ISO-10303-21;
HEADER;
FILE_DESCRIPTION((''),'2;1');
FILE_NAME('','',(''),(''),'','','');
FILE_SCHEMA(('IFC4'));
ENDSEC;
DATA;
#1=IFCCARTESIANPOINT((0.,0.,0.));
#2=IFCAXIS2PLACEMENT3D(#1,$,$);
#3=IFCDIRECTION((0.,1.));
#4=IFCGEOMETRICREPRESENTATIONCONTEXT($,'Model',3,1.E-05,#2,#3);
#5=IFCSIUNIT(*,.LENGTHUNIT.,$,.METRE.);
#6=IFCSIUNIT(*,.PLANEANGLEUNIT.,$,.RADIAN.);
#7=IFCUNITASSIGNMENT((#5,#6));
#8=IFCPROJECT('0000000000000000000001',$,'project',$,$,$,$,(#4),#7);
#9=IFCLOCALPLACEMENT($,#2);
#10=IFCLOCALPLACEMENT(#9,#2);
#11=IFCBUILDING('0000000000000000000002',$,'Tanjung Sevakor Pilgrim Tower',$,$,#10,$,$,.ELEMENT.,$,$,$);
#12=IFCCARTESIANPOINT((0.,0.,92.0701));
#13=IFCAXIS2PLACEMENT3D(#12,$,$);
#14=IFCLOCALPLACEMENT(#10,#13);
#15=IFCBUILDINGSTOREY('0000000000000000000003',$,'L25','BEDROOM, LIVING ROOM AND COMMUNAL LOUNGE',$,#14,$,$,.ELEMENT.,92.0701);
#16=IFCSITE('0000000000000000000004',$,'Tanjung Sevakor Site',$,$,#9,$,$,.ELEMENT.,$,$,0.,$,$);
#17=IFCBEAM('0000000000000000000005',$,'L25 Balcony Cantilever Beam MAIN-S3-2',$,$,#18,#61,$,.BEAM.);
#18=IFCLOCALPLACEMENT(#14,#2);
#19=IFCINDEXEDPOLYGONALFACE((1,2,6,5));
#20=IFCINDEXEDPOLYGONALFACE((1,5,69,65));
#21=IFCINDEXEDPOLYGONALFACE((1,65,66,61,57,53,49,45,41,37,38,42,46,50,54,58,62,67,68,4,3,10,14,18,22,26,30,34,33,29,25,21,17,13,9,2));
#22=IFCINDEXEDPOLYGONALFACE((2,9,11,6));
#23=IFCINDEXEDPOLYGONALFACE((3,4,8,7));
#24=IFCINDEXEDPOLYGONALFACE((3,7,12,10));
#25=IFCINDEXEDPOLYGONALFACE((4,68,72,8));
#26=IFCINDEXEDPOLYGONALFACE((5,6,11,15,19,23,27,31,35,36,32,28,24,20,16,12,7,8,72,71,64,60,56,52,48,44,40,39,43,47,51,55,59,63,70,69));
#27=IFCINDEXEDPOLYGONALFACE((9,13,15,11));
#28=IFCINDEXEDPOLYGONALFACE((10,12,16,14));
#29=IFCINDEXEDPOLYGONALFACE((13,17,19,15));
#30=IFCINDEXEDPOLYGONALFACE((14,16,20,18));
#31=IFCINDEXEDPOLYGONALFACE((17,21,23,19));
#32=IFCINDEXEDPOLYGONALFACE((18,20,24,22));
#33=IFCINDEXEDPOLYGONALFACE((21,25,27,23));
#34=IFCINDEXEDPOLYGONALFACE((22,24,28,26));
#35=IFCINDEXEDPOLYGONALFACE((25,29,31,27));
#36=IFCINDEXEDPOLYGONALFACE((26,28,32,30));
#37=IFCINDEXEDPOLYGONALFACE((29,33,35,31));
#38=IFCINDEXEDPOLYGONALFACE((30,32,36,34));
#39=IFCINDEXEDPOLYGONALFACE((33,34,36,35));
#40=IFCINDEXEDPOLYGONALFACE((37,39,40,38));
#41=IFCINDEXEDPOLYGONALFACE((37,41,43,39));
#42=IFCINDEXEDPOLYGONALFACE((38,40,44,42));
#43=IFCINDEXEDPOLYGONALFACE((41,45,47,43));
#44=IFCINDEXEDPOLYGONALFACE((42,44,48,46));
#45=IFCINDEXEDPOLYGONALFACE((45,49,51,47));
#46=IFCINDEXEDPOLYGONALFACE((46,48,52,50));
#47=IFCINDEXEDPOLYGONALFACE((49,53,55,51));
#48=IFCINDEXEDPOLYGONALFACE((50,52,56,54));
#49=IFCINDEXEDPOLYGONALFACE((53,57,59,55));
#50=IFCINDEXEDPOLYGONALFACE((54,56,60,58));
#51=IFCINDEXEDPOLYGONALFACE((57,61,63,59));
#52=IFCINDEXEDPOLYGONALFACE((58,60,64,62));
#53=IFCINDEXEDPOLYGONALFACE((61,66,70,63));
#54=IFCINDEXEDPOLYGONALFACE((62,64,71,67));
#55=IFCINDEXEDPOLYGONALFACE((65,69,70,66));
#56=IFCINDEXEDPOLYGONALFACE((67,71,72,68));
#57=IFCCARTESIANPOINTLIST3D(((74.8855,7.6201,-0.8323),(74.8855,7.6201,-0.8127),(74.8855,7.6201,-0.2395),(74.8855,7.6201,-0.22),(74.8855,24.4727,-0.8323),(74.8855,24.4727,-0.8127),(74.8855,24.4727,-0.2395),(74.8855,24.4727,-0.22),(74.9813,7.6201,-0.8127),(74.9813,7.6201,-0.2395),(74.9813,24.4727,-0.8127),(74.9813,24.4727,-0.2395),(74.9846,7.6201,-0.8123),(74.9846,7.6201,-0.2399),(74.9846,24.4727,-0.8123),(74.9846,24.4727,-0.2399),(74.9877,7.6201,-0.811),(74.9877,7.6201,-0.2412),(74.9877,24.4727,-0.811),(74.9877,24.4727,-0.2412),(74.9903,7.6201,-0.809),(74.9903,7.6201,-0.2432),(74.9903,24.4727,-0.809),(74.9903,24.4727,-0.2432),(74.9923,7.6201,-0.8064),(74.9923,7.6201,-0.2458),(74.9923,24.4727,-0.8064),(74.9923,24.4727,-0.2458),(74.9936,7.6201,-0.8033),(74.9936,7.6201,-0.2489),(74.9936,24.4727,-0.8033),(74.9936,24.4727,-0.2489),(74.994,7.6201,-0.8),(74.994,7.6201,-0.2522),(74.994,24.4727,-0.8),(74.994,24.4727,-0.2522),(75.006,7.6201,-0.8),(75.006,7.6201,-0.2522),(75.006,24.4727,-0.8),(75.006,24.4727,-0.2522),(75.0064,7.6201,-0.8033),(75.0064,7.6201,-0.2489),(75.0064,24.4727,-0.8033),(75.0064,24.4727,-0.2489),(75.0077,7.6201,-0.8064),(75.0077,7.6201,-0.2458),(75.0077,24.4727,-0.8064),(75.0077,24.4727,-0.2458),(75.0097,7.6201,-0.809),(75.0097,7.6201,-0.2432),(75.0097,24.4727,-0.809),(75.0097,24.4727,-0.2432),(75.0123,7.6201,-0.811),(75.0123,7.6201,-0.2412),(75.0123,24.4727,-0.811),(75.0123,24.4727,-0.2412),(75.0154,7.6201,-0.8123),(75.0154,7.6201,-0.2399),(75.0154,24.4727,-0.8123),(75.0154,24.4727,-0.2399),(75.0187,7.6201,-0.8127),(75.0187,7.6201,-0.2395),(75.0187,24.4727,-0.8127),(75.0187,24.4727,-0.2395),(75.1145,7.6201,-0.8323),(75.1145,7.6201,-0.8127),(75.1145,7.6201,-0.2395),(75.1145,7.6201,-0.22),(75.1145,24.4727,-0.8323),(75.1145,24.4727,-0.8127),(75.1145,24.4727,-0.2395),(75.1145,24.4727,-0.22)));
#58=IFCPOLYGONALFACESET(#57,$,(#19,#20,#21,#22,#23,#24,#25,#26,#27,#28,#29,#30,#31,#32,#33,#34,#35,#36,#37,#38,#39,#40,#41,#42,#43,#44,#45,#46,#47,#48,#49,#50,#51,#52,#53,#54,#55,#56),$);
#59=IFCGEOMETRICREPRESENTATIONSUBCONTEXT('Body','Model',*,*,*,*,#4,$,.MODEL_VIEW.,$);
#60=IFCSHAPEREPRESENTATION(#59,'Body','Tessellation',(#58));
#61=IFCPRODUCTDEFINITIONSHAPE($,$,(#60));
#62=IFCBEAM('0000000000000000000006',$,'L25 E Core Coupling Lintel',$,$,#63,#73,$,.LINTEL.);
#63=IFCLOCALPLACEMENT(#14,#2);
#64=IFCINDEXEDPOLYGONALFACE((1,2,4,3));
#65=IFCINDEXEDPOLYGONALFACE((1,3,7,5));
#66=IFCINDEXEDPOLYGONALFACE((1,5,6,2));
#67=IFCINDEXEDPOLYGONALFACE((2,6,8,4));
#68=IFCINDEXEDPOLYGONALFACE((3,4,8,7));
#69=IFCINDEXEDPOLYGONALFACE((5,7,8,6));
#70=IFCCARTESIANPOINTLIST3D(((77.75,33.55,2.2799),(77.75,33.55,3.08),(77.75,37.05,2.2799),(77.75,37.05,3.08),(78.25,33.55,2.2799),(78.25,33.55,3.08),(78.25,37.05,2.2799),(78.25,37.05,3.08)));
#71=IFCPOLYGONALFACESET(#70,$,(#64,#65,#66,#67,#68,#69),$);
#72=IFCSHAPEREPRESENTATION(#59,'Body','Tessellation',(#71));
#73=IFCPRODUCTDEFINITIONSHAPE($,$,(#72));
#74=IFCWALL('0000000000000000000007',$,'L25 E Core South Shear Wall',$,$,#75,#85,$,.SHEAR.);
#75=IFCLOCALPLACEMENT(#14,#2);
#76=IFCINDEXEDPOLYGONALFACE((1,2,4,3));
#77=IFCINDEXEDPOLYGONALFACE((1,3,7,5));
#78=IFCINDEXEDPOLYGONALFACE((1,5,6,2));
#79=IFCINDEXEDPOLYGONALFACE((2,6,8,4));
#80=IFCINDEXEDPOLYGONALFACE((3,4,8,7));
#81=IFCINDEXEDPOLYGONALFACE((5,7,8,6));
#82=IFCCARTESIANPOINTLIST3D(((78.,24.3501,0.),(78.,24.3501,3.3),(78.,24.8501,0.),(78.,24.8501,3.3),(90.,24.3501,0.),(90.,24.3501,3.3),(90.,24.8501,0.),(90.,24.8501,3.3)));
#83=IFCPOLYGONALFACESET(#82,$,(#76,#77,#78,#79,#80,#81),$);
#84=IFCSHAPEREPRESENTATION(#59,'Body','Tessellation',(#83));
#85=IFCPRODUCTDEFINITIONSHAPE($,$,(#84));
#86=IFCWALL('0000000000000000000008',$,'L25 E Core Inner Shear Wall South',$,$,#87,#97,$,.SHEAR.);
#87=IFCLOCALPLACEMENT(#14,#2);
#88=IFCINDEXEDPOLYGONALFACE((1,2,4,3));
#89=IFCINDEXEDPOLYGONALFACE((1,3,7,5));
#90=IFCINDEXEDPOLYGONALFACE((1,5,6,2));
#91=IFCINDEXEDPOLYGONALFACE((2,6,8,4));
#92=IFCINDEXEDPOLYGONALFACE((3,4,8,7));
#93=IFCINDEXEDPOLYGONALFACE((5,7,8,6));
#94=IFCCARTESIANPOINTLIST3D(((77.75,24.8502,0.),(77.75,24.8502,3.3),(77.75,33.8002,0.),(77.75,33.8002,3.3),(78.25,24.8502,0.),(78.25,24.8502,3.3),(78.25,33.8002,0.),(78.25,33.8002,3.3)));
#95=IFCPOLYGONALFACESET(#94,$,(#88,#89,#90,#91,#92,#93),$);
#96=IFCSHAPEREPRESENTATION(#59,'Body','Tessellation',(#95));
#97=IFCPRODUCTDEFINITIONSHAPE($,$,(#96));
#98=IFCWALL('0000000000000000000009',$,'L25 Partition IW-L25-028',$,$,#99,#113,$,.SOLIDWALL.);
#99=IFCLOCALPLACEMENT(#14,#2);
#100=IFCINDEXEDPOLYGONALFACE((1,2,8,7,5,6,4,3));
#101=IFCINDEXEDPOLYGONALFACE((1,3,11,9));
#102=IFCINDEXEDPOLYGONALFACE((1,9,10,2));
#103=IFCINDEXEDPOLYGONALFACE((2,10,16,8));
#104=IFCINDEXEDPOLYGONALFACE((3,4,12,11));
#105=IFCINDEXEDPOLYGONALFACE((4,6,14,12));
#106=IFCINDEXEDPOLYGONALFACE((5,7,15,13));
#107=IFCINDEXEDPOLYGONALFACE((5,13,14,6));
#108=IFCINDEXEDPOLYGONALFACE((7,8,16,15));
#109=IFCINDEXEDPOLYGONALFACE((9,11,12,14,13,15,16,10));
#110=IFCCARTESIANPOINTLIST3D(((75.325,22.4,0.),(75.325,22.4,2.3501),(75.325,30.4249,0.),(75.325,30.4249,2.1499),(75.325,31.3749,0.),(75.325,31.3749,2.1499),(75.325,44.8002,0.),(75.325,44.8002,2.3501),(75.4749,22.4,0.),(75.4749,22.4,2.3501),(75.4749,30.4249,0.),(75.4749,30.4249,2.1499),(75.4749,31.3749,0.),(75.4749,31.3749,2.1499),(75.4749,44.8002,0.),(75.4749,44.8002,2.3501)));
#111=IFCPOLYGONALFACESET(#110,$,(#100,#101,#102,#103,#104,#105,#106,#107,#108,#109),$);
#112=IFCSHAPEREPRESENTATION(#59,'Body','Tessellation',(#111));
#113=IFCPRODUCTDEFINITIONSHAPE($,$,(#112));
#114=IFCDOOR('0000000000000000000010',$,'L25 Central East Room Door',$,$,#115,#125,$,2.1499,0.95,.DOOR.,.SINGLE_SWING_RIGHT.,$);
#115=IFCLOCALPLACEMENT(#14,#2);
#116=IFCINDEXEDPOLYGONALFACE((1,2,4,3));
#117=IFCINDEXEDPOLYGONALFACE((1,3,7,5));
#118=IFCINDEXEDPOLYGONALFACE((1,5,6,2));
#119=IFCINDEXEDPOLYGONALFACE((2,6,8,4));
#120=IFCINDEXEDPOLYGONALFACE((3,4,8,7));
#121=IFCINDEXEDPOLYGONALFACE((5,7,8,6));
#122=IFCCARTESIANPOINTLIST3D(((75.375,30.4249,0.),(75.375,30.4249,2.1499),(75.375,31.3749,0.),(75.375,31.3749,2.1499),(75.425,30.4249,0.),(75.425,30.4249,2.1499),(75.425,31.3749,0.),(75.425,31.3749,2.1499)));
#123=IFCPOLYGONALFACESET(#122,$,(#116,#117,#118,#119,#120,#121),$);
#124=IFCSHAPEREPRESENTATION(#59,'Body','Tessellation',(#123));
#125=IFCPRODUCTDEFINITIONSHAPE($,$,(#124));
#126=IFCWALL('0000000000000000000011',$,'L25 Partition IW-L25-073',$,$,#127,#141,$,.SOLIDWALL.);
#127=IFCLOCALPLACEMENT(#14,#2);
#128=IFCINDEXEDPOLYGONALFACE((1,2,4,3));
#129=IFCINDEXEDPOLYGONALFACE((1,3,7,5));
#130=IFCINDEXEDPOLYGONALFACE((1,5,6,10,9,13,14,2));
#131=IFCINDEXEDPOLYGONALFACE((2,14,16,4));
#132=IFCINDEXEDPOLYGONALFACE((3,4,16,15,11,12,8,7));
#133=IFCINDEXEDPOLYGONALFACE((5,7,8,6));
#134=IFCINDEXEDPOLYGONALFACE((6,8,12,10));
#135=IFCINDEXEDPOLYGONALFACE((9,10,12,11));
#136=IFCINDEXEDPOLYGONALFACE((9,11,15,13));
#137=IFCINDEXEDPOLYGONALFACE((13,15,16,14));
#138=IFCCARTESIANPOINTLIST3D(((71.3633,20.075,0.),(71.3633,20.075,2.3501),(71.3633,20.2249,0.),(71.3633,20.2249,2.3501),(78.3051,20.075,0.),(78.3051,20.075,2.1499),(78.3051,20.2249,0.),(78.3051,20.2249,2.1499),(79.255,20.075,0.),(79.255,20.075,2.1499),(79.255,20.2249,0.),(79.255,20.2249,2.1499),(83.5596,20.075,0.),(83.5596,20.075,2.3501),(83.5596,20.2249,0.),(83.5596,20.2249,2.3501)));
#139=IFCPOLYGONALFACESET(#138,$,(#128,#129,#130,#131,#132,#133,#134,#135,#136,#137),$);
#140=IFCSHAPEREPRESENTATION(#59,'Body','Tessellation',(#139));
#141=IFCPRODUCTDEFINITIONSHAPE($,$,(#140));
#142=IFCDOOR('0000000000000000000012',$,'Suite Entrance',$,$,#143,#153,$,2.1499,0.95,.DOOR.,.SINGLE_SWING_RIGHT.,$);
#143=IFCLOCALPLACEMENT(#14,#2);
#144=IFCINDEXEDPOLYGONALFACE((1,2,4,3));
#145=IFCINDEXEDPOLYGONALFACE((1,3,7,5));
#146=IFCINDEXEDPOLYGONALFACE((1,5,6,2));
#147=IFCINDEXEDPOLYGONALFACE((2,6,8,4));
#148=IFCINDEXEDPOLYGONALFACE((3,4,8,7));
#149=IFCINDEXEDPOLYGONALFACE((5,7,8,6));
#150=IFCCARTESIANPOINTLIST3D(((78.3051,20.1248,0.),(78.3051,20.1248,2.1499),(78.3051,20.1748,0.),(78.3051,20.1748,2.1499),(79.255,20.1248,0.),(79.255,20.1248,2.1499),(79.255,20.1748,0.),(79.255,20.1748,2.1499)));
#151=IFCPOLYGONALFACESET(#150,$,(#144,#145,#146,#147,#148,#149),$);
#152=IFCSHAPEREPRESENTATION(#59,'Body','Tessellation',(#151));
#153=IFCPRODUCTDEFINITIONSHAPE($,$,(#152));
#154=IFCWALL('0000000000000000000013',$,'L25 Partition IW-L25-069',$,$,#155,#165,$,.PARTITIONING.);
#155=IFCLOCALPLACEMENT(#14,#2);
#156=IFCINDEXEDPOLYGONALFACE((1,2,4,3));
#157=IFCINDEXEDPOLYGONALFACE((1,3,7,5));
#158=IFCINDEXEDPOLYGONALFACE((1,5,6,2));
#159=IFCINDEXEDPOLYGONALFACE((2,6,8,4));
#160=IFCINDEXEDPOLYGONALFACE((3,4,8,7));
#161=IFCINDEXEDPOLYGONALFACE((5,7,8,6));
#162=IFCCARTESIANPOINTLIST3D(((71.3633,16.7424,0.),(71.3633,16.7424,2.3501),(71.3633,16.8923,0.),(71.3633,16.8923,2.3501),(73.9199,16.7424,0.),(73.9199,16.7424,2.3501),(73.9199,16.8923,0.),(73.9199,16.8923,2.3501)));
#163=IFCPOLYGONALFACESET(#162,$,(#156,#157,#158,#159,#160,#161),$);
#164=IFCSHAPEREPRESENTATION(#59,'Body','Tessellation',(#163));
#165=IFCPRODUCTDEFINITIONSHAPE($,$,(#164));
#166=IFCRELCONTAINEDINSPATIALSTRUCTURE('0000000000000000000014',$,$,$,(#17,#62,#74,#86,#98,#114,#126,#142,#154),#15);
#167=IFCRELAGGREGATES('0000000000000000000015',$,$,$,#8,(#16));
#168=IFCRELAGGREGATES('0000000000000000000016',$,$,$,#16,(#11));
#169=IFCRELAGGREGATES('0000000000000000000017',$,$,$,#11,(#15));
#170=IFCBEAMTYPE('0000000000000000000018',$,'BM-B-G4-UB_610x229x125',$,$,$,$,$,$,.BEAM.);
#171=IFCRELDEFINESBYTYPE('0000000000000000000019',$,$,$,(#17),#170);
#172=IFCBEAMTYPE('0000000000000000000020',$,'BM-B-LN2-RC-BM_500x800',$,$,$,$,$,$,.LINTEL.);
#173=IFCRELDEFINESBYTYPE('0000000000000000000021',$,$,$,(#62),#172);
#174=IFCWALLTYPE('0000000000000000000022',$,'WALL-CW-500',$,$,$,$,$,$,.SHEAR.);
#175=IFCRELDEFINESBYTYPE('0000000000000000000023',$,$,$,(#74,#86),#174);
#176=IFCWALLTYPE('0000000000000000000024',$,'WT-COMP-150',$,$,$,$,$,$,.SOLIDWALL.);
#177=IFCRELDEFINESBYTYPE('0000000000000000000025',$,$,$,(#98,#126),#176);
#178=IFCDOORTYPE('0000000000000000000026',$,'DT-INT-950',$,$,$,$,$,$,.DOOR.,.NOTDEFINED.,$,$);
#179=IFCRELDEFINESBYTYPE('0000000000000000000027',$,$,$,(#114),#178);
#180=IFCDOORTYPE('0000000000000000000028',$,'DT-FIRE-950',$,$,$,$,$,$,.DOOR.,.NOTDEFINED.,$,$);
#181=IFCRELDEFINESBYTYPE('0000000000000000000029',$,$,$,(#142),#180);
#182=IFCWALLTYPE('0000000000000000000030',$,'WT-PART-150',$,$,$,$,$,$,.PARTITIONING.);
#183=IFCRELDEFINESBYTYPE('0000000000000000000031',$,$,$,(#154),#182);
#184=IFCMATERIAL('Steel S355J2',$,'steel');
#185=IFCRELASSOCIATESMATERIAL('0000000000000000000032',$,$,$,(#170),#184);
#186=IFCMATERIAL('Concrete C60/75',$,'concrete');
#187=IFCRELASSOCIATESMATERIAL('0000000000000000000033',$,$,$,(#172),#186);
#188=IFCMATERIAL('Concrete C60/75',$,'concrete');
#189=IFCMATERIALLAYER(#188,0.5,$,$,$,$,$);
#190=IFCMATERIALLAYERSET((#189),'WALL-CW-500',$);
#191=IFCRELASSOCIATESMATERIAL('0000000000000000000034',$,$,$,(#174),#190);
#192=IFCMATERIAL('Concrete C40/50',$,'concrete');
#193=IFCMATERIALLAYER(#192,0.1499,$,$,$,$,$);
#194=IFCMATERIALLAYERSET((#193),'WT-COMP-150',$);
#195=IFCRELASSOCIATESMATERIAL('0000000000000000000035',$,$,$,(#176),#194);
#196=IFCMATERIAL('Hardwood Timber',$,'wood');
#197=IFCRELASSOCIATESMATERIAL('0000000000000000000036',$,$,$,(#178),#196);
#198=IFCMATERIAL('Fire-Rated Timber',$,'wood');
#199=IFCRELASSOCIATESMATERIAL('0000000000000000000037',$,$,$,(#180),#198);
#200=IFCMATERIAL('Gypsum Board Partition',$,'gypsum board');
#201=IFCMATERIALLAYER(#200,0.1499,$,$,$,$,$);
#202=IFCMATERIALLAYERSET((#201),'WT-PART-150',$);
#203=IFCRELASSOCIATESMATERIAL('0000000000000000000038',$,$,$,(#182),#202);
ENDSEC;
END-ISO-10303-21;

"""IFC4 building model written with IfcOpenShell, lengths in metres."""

from ifc_helpers import new_model, si_unit, direction, frame, frame_2d, origin, origin_2d, place, context, subcontext, project, spatial, rectangle, i_section, extrude, material, layer, layer_set, material_profile, profile_set, type_object, element, fill, save


model = new_model("IFC4")

# Units and contexts
model_context = context("Model", 3, precision=1e-05, world=origin(), true_north=direction((0.0, 1.0)))
body_context = subcontext(model_context, "Body", "Model", "MODEL_VIEW")
ifc_project = project(units=[si_unit("LENGTHUNIT", "METRE"), si_unit("PLANEANGLEUNIT", "RADIAN")], contexts=[model_context])

# Site, building, storey
site_placement = place(None, origin())
site = spatial("IfcSite", under=ifc_project, at=site_placement, Name="Tanjung Sevakor Site", CompositionType="ELEMENT", RefElevation=0.0)
building_placement = place(site_placement, origin())
building = spatial("IfcBuilding", under=site, at=building_placement, Name="Tanjung Sevakor Pilgrim Tower", CompositionType="ELEMENT")
storey_placement = place(building_placement, frame((0.0, 0.0, 92.0701)))
storey = spatial("IfcBuildingStorey", under=building, at=storey_placement, Name="L25", Description="BEDROOM, LIVING ROOM AND COMMUNAL LOUNGE", CompositionType="ELEMENT", Elevation=92.0701)

# Beams
ifc_material_1 = material(Name="Steel S355J2", Category="steel")
ifc_material_profile_1 = material_profile(ifc_material_1, i_section(OverallWidth=0.229, OverallDepth=0.6123, WebThickness=0.012, FlangeThickness=0.0195, FilletRadius=0.0127, at=origin_2d()))
ifc_profile_set_1 = profile_set([ifc_material_profile_1], Name="Steel S355J2")
beam_type_1 = type_object("IfcBeamType", Name="BM-B-G4-UB_610x229x125", PredefinedType="BEAM", material=ifc_profile_set_1)
beam_1_placement = place(storey_placement, frame((75.0, 24.4727, -0.5261), z_axis=(0.0, -1.0, 0.0), x_axis=(1.0, 0.0, 0.0)))
element("IfcBeam", 1, at=beam_1_placement, inside=storey, type_object=beam_type_1, Name="L25 Balcony Cantilever Beam MAIN-S3-2", PredefinedType="BEAM", context=body_context, shape_type="SweptSolid", body=[
    extrude(i_section(OverallWidth=0.229, OverallDepth=0.6123, WebThickness=0.012, FlangeThickness=0.0195, FilletRadius=0.0127, at=origin_2d()), origin(), (0.0, 0.0, 1.0), 16.8525),
])
ifc_material_2 = material(Name="Concrete C60/75", Category="concrete")
ifc_material_profile_2 = material_profile(ifc_material_2, rectangle(XDim=0.5, YDim=0.8, at=origin_2d()))
ifc_profile_set_2 = profile_set([ifc_material_profile_2], Name="Concrete C60/75")
beam_type_2 = type_object("IfcBeamType", Name="BM-B-LN2-RC-BM_500x800", PredefinedType="LINTEL", material=ifc_profile_set_2)
beam_2_placement = place(storey_placement, frame((78.0, 33.55, 2.6799), z_axis=(0.0, 1.0, 0.0), x_axis=(-1.0, 0.0, 0.0)))
element("IfcBeam", 2, at=beam_2_placement, inside=storey, type_object=beam_type_2, Name="L25 E Core Coupling Lintel", PredefinedType="LINTEL", context=body_context, shape_type="SweptSolid", body=[
    extrude(rectangle(XDim=0.5, YDim=0.8, at=origin_2d()), origin(), (0.0, 0.0, 1.0), 3.5),
])

# Walls
ifc_material_3 = material(Name="Concrete C60/75", Category="concrete")
ifc_layer_1 = layer(ifc_material_3, 0.5)
ifc_layer_set_1 = layer_set([ifc_layer_1], Name="WALL-CW-500")
wall_type_1 = type_object("IfcWallType", Name="WALL-CW-500", PredefinedType="SHEAR", material=ifc_layer_set_1)
wall_1_placement = place(storey_placement, frame((78.0, 24.6001, 0.0), z_axis=(0.0, 0.0, 1.0), x_axis=(1.0, 0.0, 0.0)))
element("IfcWall", 3, at=wall_1_placement, inside=storey, type_object=wall_type_1, Name="L25 E Core South Shear Wall", PredefinedType="SHEAR", context=body_context, shape_type="SweptSolid", body=[
    extrude(rectangle(XDim=12.0, YDim=0.5, at=frame_2d((6.0, 0.0))), origin(), (0.0, 0.0, 1.0), 3.3),
])
wall_2_placement = place(storey_placement, frame((78.0, 24.8501, 0.0), z_axis=(0.0, 0.0, 1.0), x_axis=(0.0, 1.0, 0.0)))
element("IfcWall", 4, at=wall_2_placement, inside=storey, type_object=wall_type_1, Name="L25 E Core Inner Shear Wall South", PredefinedType="SHEAR", context=body_context, shape_type="SweptSolid", body=[
    extrude(rectangle(XDim=8.95, YDim=0.5, at=frame_2d((4.4751, 0.0))), origin(), (0.0, 0.0, 1.0), 3.3),
])

# Walls, openings, doors
ifc_material_4 = material(Name="Concrete C40/50", Category="concrete")
ifc_layer_2 = layer(ifc_material_4, 0.1499)
ifc_layer_set_2 = layer_set([ifc_layer_2], Name="WT-COMP-150")
wall_type_2 = type_object("IfcWallType", Name="WT-COMP-150", PredefinedType="SOLIDWALL", material=ifc_layer_set_2)
wall_3_placement = place(storey_placement, frame((75.3999, 22.3999, 0.0), z_axis=(0.0, 0.0, 1.0), x_axis=(0.0, 1.0, 0.0)))
wall_3 = element("IfcWall", 5, at=wall_3_placement, inside=storey, type_object=wall_type_2, Name="L25 Partition IW-L25-028", PredefinedType="SOLIDWALL", context=body_context, shape_type="SweptSolid", body=[
    extrude(rectangle(XDim=22.4001, YDim=0.1499, at=frame_2d((11.2002, 0.0))), origin(), (0.0, 0.0, 1.0), 2.3501),
])
opening_1_placement = place(wall_3_placement, frame((8.0249, 0.0, 0.0)))
opening_1 = element("IfcOpeningElement", 6, at=opening_1_placement, cuts=wall_3, PredefinedType="OPENING", context=body_context, shape_type="SweptSolid", body=[
    extrude(rectangle(XDim=0.95, YDim=2.1499, at=frame_2d((0.4751, 1.075))), frame((0.0, 0.085, 0.0), z_axis=(0.0, -1.0, 0.0), x_axis=(1.0, 0.0, 0.0)), (0.0, 0.0, 1.0), 0.1699),
])
ifc_material_5 = material(Name="Hardwood Timber", Category="wood")
door_type_1 = type_object("IfcDoorType", Name="DT-INT-950", OperationType="NOTDEFINED", PredefinedType="DOOR", material=ifc_material_5)
door_1_placement = place(opening_1_placement, origin())
door_1 = element("IfcDoor", 7, at=door_1_placement, inside=storey, type_object=door_type_1, Name="L25 Central East Room Door", OperationType="SINGLE_SWING_RIGHT", OverallHeight=2.1499, OverallWidth=0.95, PredefinedType="DOOR", context=body_context, shape_type="SweptSolid", body=[
    extrude(rectangle(XDim=0.95, YDim=2.1499, at=frame_2d((0.4751, 1.075))), frame((0.0, 0.0249, 0.0), z_axis=(0.0, -1.0, 0.0), x_axis=(1.0, 0.0, 0.0)), (0.0, 0.0, 1.0), 0.05),
])
fill(opening_1, door_1)
wall_4_placement = place(storey_placement, frame((71.3633, 20.1499, 0.0), z_axis=(0.0, 0.0, 1.0), x_axis=(1.0, 0.0, 0.0)))
wall_4 = element("IfcWall", 8, at=wall_4_placement, inside=storey, type_object=wall_type_2, Name="L25 Partition IW-L25-073", PredefinedType="SOLIDWALL", context=body_context, shape_type="SweptSolid", body=[
    extrude(rectangle(XDim=12.1963, YDim=0.1499, at=frame_2d((6.0981, 0.0))), origin(), (0.0, 0.0, 1.0), 2.3501),
])
opening_2_placement = place(wall_4_placement, frame((6.9417, 0.0, 0.0)))
opening_2 = element("IfcOpeningElement", 9, at=opening_2_placement, cuts=wall_4, PredefinedType="OPENING", context=body_context, shape_type="SweptSolid", body=[
    extrude(rectangle(XDim=0.95, YDim=2.1499, at=frame_2d((0.4751, 1.075))), frame((0.0, 0.085, 0.0), z_axis=(0.0, -1.0, 0.0), x_axis=(1.0, 0.0, 0.0)), (0.0, 0.0, 1.0), 0.1699),
])
ifc_material_6 = material(Name="Fire-Rated Timber", Category="wood")
door_type_2 = type_object("IfcDoorType", Name="DT-FIRE-950", OperationType="NOTDEFINED", PredefinedType="DOOR", material=ifc_material_6)
door_2_placement = place(opening_2_placement, origin())
door_2 = element("IfcDoor", 10, at=door_2_placement, inside=storey, type_object=door_type_2, Name="Suite Entrance", OperationType="SINGLE_SWING_RIGHT", OverallHeight=2.1499, OverallWidth=0.95, PredefinedType="DOOR", context=body_context, shape_type="SweptSolid", body=[
    extrude(rectangle(XDim=0.95, YDim=2.1499, at=frame_2d((0.4751, 1.075))), frame((0.0, 0.0249, 0.0), z_axis=(0.0, -1.0, 0.0), x_axis=(1.0, 0.0, 0.0)), (0.0, 0.0, 1.0), 0.05),
])
fill(opening_2, door_2)

# Wall
ifc_material_7 = material(Name="Gypsum Board Partition", Category="gypsum board")
ifc_layer_3 = layer(ifc_material_7, 0.1499)
ifc_layer_set_3 = layer_set([ifc_layer_3], Name="WT-PART-150")
wall_type_3 = type_object("IfcWallType", Name="WT-PART-150", PredefinedType="PARTITIONING", material=ifc_layer_set_3)
wall_5_placement = place(storey_placement, frame((71.3633, 16.8174, 0.0), z_axis=(0.0, 0.0, 1.0), x_axis=(1.0, 0.0, 0.0)))
element("IfcWall", 11, at=wall_5_placement, inside=storey, type_object=wall_type_3, Name="L25 Partition IW-L25-069", PredefinedType="PARTITIONING", context=body_context, shape_type="SweptSolid", body=[
    extrude(rectangle(XDim=2.5566, YDim=0.1499, at=frame_2d((1.2783, 0.0))), origin(), (0.0, 0.0, 1.0), 2.3501),
])

save(model, "model.ifc")
